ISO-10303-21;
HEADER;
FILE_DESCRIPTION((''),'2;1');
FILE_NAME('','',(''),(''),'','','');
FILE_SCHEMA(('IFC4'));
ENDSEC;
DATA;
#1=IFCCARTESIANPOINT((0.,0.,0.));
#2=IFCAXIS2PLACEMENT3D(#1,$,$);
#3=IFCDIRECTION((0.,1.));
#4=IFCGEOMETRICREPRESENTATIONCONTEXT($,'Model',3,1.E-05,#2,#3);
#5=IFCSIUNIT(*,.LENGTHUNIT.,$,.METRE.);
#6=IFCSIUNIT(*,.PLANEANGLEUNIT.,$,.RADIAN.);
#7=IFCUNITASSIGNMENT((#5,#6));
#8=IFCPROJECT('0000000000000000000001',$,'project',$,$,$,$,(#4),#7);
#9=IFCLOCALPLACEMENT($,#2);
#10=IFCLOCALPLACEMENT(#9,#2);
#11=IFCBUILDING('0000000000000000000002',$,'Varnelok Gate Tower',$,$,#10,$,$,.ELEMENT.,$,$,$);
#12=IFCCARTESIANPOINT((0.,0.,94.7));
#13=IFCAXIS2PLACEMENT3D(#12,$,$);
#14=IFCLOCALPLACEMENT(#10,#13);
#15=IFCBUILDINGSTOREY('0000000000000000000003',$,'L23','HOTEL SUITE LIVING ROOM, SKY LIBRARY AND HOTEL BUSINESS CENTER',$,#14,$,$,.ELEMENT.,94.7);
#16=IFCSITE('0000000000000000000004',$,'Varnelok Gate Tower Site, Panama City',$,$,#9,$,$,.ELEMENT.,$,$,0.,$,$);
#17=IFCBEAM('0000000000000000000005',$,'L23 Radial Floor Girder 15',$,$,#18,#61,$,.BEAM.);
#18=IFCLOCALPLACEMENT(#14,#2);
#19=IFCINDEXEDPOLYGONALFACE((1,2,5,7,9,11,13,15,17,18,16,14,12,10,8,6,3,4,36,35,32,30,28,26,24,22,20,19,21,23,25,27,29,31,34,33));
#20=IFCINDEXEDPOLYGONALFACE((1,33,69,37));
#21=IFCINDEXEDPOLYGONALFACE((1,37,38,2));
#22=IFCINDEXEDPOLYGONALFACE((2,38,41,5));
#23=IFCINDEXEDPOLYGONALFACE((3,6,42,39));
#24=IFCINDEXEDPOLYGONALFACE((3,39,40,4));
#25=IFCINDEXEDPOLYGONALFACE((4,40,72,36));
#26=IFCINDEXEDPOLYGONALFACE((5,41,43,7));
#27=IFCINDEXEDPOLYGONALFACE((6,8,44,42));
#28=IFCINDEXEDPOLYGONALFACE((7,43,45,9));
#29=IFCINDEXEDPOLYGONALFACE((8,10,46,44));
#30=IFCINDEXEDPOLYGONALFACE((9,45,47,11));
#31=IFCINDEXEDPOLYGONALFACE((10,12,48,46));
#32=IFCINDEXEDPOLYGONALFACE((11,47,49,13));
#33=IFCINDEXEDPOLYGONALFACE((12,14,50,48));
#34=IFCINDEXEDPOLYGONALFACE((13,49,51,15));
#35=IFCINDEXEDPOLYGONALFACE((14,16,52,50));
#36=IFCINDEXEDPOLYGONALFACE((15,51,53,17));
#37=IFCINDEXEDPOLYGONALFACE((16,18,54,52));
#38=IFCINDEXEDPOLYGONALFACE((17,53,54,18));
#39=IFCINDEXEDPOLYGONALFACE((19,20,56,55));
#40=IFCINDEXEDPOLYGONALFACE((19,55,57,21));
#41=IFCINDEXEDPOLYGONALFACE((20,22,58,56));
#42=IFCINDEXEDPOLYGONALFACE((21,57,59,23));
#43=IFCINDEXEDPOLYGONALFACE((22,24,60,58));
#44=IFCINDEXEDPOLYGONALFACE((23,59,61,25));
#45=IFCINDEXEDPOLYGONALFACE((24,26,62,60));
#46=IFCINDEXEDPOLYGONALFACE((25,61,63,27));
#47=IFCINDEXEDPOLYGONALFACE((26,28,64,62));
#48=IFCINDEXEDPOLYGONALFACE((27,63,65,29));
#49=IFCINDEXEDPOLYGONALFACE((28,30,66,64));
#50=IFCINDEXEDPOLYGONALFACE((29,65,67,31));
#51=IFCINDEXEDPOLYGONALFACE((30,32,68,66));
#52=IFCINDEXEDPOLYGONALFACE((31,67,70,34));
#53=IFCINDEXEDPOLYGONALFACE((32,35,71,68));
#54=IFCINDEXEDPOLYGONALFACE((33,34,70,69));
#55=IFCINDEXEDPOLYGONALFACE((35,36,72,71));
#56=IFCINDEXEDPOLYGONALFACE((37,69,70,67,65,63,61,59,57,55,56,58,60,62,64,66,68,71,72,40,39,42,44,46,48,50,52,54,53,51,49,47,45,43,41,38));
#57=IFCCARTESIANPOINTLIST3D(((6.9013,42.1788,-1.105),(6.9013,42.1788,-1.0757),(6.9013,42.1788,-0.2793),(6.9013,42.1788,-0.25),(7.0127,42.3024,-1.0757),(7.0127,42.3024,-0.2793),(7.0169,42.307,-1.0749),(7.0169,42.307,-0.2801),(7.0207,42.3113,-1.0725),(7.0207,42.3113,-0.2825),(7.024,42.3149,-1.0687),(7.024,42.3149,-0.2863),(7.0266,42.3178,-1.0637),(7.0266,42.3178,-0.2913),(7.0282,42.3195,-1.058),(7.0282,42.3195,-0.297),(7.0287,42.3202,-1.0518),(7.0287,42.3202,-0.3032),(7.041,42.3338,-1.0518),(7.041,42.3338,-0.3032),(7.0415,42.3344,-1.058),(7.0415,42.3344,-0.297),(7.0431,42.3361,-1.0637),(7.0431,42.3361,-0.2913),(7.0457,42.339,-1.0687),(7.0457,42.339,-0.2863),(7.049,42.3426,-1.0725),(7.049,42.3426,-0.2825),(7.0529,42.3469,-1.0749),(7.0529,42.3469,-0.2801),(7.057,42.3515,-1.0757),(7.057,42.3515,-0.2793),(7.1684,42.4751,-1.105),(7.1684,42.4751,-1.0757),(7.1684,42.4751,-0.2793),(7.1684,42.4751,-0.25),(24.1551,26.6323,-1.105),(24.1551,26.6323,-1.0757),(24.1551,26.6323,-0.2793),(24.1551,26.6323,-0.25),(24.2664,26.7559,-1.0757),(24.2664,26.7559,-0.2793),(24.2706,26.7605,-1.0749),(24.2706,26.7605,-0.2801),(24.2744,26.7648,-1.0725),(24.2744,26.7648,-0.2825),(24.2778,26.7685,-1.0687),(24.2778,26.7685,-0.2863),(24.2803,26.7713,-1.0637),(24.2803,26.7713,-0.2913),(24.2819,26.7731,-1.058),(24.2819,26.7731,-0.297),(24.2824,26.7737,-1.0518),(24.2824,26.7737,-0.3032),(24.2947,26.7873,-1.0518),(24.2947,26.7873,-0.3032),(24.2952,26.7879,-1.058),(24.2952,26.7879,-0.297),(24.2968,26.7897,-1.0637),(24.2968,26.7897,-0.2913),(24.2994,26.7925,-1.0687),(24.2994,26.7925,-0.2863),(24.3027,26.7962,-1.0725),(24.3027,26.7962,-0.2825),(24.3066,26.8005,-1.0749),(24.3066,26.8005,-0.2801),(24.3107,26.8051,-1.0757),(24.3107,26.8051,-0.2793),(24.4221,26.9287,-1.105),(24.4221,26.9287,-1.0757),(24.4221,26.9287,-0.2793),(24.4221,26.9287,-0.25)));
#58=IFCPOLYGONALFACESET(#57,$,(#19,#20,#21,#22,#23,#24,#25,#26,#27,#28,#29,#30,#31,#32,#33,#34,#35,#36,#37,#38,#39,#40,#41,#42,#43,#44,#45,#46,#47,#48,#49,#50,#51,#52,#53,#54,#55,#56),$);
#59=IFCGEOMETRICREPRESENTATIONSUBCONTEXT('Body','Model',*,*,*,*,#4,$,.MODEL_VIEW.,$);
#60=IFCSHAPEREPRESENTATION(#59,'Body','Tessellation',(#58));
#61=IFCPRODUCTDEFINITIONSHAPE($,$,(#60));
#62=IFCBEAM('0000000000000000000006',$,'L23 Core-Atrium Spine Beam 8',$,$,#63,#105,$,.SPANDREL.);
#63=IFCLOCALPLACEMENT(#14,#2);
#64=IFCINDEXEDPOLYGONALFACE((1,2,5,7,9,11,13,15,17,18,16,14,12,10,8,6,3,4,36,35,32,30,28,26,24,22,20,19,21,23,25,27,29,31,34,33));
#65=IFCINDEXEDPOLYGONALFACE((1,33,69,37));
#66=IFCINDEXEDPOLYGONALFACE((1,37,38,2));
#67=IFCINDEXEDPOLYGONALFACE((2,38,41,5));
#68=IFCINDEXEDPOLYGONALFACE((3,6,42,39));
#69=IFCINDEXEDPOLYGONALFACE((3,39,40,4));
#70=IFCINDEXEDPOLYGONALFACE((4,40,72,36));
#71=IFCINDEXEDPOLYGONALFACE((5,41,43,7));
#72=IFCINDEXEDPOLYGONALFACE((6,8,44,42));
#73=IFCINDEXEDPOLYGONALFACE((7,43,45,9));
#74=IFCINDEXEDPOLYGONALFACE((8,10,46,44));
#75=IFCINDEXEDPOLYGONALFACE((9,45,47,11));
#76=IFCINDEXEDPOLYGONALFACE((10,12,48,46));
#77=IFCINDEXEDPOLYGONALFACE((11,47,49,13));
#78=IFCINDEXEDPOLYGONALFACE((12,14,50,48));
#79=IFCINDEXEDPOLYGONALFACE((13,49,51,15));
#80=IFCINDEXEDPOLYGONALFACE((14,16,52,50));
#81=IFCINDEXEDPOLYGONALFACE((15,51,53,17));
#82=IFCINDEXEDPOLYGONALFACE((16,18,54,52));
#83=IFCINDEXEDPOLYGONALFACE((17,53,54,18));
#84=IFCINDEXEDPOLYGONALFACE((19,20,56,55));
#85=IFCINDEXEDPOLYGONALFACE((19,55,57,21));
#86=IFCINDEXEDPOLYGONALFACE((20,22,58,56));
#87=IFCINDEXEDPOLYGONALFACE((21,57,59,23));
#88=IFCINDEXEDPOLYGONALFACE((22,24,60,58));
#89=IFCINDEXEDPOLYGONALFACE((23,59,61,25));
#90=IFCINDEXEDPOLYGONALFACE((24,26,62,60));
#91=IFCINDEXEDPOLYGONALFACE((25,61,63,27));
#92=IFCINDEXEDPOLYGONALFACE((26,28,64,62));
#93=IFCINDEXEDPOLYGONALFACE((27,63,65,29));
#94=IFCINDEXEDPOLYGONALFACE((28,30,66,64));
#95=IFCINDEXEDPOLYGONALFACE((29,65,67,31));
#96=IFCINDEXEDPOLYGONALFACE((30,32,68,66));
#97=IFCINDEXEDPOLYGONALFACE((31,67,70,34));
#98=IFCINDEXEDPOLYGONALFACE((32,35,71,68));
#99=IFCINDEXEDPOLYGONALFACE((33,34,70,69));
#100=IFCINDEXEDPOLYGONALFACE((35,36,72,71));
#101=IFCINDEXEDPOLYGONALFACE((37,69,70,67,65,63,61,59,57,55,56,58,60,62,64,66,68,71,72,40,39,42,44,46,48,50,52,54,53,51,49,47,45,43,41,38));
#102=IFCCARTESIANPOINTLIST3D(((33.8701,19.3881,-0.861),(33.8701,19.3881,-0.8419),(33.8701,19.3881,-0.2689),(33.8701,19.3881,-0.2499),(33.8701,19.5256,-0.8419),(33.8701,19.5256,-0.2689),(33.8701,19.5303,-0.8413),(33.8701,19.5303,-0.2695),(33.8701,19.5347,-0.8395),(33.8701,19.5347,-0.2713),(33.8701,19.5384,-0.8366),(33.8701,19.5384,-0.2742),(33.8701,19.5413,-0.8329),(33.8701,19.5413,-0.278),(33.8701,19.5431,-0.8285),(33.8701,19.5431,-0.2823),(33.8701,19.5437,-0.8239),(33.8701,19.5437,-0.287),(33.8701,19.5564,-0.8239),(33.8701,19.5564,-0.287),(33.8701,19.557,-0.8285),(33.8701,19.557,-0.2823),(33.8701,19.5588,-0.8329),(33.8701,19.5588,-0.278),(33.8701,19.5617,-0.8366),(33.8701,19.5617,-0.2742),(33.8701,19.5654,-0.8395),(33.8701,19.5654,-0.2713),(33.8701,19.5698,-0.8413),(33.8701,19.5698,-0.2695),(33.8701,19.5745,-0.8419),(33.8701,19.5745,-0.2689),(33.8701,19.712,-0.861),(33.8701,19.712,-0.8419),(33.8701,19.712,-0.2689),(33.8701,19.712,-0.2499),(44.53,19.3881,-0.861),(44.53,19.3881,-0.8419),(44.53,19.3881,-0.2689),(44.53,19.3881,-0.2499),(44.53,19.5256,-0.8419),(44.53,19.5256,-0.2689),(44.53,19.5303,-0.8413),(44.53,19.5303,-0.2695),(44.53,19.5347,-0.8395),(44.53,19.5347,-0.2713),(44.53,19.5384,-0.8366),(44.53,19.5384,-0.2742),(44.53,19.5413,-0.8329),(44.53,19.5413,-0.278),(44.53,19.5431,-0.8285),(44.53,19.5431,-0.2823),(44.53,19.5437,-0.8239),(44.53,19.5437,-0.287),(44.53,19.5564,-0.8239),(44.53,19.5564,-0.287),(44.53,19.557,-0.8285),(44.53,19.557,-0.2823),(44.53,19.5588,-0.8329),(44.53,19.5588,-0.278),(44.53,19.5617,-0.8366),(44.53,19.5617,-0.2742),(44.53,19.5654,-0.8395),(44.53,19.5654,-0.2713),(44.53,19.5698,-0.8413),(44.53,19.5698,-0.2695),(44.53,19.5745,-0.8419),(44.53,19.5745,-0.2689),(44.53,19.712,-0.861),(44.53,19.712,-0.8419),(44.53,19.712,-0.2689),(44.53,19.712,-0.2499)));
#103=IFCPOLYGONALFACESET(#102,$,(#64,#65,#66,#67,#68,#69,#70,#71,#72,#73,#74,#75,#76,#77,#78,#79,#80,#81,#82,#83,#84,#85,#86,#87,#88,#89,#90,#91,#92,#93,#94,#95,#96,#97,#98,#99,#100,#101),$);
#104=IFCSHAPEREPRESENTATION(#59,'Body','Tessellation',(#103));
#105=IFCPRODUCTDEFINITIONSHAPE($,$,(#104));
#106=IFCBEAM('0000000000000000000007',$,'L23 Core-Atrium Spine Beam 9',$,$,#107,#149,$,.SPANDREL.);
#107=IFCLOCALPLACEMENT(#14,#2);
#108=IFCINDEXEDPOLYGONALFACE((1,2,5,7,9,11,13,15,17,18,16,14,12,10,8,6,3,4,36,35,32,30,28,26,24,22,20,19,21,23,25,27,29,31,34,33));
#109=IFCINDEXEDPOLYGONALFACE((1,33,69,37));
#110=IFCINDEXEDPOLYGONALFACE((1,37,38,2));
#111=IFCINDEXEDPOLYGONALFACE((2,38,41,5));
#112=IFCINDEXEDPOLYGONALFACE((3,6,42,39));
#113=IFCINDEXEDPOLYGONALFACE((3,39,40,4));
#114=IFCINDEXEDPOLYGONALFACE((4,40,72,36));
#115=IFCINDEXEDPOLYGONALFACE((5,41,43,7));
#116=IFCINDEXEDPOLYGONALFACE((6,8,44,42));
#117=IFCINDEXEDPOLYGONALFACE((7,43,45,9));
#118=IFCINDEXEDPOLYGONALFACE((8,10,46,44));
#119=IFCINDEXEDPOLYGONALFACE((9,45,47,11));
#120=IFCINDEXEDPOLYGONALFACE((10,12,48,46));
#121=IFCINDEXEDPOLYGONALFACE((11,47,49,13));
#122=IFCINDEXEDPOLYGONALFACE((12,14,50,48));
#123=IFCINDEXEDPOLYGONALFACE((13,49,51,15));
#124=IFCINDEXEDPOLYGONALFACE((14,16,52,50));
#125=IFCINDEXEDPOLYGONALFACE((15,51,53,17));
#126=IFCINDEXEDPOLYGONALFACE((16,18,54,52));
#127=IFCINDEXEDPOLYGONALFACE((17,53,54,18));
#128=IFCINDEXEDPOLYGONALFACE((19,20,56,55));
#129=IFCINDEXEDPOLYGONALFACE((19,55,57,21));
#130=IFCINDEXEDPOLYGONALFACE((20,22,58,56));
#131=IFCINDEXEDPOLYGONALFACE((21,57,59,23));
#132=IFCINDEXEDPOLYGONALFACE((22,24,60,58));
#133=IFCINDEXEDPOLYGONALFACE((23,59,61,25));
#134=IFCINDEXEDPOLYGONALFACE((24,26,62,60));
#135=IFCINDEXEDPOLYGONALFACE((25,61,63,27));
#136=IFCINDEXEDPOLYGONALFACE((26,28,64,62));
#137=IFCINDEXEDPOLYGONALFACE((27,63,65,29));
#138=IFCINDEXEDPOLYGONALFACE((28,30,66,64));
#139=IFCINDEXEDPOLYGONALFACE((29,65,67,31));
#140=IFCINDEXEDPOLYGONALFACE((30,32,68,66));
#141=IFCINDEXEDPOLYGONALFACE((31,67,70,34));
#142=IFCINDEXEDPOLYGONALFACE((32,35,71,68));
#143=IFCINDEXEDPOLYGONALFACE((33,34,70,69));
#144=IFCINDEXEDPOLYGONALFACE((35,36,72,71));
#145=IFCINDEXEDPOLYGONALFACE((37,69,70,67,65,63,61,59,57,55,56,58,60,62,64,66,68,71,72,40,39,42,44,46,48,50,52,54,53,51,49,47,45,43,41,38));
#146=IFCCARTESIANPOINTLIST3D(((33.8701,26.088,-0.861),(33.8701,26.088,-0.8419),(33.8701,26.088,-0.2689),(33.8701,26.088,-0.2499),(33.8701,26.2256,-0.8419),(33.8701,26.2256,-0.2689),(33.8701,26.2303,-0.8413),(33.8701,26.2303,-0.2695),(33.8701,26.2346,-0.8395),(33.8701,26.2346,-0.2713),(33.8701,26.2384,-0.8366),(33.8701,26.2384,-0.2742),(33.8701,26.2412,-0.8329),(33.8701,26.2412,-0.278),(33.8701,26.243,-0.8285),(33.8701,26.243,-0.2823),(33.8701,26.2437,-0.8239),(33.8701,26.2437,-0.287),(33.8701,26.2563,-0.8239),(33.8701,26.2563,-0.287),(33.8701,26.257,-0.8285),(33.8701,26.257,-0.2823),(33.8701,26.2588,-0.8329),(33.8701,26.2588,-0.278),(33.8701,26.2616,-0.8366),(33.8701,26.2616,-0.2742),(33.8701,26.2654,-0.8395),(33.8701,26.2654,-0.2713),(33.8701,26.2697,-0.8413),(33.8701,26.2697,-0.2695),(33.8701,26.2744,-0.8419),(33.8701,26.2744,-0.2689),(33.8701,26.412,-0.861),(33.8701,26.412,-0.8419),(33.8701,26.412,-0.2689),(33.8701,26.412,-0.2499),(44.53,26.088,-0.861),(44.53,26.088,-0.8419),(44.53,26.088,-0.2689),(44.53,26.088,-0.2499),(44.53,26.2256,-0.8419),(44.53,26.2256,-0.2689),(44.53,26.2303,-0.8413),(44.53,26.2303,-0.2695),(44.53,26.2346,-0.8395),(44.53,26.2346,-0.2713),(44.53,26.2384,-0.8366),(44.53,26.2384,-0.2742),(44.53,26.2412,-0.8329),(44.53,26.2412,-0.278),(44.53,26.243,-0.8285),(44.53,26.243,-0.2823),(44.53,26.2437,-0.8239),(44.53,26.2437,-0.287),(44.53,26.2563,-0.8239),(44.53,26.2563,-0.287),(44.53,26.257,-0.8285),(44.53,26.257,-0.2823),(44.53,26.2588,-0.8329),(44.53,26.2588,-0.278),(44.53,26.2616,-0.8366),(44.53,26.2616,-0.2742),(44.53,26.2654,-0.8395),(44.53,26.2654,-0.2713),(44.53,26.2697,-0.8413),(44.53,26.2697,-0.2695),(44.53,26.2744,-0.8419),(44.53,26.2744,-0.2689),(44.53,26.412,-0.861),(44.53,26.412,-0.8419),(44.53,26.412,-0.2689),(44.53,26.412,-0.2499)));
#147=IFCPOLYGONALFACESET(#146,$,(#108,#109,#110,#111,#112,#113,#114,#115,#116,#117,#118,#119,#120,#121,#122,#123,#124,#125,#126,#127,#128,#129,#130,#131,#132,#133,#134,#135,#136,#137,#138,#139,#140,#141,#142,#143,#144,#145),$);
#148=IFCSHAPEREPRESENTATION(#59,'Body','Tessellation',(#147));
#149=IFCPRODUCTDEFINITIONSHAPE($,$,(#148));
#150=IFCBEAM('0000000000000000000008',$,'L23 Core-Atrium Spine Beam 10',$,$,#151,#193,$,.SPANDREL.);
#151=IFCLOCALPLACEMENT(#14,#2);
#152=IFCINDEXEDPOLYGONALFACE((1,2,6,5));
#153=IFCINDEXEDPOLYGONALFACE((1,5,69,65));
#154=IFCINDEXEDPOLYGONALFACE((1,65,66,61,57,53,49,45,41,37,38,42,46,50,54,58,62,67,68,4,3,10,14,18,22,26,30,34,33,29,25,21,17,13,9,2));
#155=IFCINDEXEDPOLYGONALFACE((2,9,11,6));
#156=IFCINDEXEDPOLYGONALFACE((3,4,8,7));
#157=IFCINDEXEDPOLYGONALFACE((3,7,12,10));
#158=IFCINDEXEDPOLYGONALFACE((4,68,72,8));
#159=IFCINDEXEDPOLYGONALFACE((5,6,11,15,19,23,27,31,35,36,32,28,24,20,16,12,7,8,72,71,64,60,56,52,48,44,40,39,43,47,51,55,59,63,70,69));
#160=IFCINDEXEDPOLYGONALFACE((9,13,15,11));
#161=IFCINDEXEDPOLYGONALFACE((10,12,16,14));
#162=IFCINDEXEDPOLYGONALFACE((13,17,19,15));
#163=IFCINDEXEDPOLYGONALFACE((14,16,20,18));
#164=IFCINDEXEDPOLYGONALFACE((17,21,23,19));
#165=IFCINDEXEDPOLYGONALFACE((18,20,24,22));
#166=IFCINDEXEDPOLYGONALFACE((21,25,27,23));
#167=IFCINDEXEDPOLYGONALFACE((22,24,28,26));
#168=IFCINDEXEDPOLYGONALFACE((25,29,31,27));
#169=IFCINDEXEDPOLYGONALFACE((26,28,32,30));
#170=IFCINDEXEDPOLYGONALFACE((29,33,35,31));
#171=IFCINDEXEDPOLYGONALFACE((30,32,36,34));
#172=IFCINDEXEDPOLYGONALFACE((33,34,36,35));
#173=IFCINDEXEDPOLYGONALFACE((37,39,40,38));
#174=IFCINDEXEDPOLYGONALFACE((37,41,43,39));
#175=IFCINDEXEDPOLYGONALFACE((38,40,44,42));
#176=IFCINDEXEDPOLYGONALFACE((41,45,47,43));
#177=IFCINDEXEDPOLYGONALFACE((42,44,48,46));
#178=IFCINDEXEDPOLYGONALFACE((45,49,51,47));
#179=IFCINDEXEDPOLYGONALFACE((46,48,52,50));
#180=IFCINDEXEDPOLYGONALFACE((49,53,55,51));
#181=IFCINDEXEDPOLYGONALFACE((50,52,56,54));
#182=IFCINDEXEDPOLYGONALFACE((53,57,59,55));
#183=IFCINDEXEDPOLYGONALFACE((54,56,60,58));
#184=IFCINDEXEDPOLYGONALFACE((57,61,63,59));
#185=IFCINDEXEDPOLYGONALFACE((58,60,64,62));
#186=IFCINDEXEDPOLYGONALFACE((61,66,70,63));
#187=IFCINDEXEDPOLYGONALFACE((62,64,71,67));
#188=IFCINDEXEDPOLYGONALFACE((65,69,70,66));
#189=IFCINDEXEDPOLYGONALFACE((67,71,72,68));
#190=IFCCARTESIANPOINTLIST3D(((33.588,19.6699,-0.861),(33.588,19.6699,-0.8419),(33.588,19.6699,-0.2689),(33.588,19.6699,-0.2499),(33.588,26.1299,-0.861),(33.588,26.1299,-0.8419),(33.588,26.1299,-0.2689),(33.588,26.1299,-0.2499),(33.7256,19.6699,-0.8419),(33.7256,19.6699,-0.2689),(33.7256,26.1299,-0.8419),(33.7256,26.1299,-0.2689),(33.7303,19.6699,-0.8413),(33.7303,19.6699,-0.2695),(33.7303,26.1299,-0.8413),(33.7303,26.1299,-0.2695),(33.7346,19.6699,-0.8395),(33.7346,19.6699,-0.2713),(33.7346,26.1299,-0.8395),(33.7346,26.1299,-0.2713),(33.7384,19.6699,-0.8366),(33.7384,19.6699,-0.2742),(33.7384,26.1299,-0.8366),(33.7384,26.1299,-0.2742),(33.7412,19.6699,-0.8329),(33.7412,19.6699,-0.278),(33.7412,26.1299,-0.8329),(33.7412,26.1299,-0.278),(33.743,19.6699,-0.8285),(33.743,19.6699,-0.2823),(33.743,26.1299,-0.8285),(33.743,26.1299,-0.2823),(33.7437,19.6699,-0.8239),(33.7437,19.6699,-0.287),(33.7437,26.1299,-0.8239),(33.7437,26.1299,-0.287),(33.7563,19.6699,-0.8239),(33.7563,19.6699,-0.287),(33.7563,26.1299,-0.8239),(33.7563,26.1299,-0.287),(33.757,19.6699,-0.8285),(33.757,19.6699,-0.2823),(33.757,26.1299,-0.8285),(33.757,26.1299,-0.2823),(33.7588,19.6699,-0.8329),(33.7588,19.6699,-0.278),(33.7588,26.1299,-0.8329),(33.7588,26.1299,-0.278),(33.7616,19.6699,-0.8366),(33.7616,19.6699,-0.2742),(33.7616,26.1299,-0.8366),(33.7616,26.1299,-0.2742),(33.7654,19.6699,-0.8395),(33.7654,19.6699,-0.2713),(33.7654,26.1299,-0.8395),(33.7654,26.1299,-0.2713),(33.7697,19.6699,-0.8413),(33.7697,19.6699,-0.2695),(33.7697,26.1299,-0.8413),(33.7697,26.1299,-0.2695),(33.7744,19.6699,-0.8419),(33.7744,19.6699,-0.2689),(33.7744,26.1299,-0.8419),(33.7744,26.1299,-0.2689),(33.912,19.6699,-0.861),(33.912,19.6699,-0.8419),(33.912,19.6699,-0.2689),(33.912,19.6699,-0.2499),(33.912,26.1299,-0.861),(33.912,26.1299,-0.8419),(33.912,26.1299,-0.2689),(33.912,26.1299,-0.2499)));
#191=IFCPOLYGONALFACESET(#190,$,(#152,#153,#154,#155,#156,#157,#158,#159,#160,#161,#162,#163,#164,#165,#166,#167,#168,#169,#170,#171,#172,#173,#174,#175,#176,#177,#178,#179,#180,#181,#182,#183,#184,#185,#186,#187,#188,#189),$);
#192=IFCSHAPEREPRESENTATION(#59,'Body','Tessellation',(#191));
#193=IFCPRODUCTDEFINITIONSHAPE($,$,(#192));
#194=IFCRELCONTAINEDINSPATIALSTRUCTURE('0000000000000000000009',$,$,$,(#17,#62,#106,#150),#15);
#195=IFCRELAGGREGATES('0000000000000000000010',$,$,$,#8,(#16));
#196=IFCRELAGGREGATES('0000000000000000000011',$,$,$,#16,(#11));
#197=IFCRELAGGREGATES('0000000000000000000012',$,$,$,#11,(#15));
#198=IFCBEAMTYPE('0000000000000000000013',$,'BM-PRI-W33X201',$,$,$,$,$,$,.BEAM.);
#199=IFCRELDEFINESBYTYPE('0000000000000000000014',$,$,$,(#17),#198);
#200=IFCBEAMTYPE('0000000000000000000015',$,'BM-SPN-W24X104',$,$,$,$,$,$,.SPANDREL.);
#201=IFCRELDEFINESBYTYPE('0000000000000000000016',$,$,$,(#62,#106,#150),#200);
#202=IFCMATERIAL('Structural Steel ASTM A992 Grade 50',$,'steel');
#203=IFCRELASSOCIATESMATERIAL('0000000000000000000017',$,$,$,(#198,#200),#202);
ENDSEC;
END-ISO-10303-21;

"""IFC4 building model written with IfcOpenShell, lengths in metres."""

from ifc_helpers import new_model, si_unit, direction, frame, origin, origin_2d, place, context, subcontext, project, spatial, i_section, extrude, material, material_profile, profile_set, type_object, element, save


model = new_model("IFC4")

# Units and contexts
model_context = context("Model", 3, precision=1e-05, world=origin(), true_north=direction((0.0, 1.0)))
body_context = subcontext(model_context, "Body", "Model", "MODEL_VIEW")
ifc_project = project(units=[si_unit("LENGTHUNIT", "METRE"), si_unit("PLANEANGLEUNIT", "RADIAN")], contexts=[model_context])

# Site, building, storey
site_placement = place(None, origin())
site = spatial("IfcSite", under=ifc_project, at=site_placement, Name="Varnelok Gate Tower Site, Panama City", CompositionType="ELEMENT", RefElevation=0.0)
building_placement = place(site_placement, origin())
building = spatial("IfcBuilding", under=site, at=building_placement, Name="Varnelok Gate Tower", CompositionType="ELEMENT")
storey_placement = place(building_placement, frame((0.0, 0.0, 94.7)))
storey = spatial("IfcBuildingStorey", under=building, at=storey_placement, Name="L23", Description="HOTEL SUITE LIVING ROOM, SKY LIBRARY AND HOTEL BUSINESS CENTER", CompositionType="ELEMENT", Elevation=94.7)

# Shared definitions
ifc_material_1 = material(Name="Structural Steel ASTM A992 Grade 50", Category="steel")

# Beams
ifc_material_profile_1 = material_profile(ifc_material_1, i_section(OverallWidth=0.3989, OverallDepth=0.855, WebThickness=0.0183, FlangeThickness=0.0293, FilletRadius=0.0239, at=origin_2d()), Name="W33X201")
ifc_profile_set_1 = profile_set([ifc_material_profile_1], Name="Structural Steel ASTM A992 Grade 50")
beam_type_1 = type_object("IfcBeamType", Name="BM-PRI-W33X201", PredefinedType="BEAM", material=ifc_profile_set_1)
beam_1_placement = place(storey_placement, frame((24.2886, 26.7805, -0.6775), z_axis=(-0.742907, 0.669395, 0.0), x_axis=(-0.669395, -0.742907, 0.0)))
element("IfcBeam", 1, at=beam_1_placement, inside=storey, type_object=beam_type_1, Name="L23 Radial Floor Girder 15", PredefinedType="BEAM", context=body_context, shape_type="SweptSolid", body=[
    extrude(i_section(OverallWidth=0.3989, OverallDepth=0.855, WebThickness=0.0183, FlangeThickness=0.0293, FilletRadius=0.0239, at=origin_2d()), origin(), (0.0, 0.0, 1.0), 23.2246),
])
ifc_material_profile_2 = material_profile(ifc_material_1, i_section(OverallWidth=0.324, OverallDepth=0.6111, WebThickness=0.0127, FlangeThickness=0.019, FilletRadius=0.0181, at=origin_2d()), Name="W24X104")
ifc_profile_set_2 = profile_set([ifc_material_profile_2], Name="Structural Steel ASTM A992 Grade 50")
beam_type_2 = type_object("IfcBeamType", Name="BM-SPN-W24X104", PredefinedType="SPANDREL", material=ifc_profile_set_2)
for number, where, z_axis, x_axis, name in (
    (2, (33.8701, 19.55, -0.5554), (1.0, 0.0, 0.0), (0.0, 1.0, 0.0), "L23 Core-Atrium Spine Beam 8"),
    (3, (33.8701, 26.25, -0.5554), (1.0, 0.0, 0.0), (0.0, 1.0, 0.0), "L23 Core-Atrium Spine Beam 9"),
):
    element("IfcBeam", number, at=place(storey_placement, frame(where, z_axis=z_axis, x_axis=x_axis)), inside=storey, type_object=beam_type_2, Name=name, PredefinedType="SPANDREL", context=body_context, shape_type="SweptSolid", body=[
        extrude(i_section(OverallWidth=0.324, OverallDepth=0.6111, WebThickness=0.0127, FlangeThickness=0.019, FilletRadius=0.0181, at=origin_2d()), origin(), (0.0, 0.0, 1.0), 10.6599),
    ])
beam_2_placement = place(storey_placement, frame((33.75, 19.6699, -0.5554), z_axis=(0.0, 1.0, 0.0), x_axis=(-1.0, 0.0, 0.0)))
element("IfcBeam", 4, at=beam_2_placement, inside=storey, type_object=beam_type_2, Name="L23 Core-Atrium Spine Beam 10", PredefinedType="SPANDREL", context=body_context, shape_type="SweptSolid", body=[
    extrude(i_section(OverallWidth=0.324, OverallDepth=0.6111, WebThickness=0.0127, FlangeThickness=0.019, FilletRadius=0.0181, at=origin_2d()), origin(), (0.0, 0.0, 1.0), 6.46),
])

save(model, "model.ifc")
